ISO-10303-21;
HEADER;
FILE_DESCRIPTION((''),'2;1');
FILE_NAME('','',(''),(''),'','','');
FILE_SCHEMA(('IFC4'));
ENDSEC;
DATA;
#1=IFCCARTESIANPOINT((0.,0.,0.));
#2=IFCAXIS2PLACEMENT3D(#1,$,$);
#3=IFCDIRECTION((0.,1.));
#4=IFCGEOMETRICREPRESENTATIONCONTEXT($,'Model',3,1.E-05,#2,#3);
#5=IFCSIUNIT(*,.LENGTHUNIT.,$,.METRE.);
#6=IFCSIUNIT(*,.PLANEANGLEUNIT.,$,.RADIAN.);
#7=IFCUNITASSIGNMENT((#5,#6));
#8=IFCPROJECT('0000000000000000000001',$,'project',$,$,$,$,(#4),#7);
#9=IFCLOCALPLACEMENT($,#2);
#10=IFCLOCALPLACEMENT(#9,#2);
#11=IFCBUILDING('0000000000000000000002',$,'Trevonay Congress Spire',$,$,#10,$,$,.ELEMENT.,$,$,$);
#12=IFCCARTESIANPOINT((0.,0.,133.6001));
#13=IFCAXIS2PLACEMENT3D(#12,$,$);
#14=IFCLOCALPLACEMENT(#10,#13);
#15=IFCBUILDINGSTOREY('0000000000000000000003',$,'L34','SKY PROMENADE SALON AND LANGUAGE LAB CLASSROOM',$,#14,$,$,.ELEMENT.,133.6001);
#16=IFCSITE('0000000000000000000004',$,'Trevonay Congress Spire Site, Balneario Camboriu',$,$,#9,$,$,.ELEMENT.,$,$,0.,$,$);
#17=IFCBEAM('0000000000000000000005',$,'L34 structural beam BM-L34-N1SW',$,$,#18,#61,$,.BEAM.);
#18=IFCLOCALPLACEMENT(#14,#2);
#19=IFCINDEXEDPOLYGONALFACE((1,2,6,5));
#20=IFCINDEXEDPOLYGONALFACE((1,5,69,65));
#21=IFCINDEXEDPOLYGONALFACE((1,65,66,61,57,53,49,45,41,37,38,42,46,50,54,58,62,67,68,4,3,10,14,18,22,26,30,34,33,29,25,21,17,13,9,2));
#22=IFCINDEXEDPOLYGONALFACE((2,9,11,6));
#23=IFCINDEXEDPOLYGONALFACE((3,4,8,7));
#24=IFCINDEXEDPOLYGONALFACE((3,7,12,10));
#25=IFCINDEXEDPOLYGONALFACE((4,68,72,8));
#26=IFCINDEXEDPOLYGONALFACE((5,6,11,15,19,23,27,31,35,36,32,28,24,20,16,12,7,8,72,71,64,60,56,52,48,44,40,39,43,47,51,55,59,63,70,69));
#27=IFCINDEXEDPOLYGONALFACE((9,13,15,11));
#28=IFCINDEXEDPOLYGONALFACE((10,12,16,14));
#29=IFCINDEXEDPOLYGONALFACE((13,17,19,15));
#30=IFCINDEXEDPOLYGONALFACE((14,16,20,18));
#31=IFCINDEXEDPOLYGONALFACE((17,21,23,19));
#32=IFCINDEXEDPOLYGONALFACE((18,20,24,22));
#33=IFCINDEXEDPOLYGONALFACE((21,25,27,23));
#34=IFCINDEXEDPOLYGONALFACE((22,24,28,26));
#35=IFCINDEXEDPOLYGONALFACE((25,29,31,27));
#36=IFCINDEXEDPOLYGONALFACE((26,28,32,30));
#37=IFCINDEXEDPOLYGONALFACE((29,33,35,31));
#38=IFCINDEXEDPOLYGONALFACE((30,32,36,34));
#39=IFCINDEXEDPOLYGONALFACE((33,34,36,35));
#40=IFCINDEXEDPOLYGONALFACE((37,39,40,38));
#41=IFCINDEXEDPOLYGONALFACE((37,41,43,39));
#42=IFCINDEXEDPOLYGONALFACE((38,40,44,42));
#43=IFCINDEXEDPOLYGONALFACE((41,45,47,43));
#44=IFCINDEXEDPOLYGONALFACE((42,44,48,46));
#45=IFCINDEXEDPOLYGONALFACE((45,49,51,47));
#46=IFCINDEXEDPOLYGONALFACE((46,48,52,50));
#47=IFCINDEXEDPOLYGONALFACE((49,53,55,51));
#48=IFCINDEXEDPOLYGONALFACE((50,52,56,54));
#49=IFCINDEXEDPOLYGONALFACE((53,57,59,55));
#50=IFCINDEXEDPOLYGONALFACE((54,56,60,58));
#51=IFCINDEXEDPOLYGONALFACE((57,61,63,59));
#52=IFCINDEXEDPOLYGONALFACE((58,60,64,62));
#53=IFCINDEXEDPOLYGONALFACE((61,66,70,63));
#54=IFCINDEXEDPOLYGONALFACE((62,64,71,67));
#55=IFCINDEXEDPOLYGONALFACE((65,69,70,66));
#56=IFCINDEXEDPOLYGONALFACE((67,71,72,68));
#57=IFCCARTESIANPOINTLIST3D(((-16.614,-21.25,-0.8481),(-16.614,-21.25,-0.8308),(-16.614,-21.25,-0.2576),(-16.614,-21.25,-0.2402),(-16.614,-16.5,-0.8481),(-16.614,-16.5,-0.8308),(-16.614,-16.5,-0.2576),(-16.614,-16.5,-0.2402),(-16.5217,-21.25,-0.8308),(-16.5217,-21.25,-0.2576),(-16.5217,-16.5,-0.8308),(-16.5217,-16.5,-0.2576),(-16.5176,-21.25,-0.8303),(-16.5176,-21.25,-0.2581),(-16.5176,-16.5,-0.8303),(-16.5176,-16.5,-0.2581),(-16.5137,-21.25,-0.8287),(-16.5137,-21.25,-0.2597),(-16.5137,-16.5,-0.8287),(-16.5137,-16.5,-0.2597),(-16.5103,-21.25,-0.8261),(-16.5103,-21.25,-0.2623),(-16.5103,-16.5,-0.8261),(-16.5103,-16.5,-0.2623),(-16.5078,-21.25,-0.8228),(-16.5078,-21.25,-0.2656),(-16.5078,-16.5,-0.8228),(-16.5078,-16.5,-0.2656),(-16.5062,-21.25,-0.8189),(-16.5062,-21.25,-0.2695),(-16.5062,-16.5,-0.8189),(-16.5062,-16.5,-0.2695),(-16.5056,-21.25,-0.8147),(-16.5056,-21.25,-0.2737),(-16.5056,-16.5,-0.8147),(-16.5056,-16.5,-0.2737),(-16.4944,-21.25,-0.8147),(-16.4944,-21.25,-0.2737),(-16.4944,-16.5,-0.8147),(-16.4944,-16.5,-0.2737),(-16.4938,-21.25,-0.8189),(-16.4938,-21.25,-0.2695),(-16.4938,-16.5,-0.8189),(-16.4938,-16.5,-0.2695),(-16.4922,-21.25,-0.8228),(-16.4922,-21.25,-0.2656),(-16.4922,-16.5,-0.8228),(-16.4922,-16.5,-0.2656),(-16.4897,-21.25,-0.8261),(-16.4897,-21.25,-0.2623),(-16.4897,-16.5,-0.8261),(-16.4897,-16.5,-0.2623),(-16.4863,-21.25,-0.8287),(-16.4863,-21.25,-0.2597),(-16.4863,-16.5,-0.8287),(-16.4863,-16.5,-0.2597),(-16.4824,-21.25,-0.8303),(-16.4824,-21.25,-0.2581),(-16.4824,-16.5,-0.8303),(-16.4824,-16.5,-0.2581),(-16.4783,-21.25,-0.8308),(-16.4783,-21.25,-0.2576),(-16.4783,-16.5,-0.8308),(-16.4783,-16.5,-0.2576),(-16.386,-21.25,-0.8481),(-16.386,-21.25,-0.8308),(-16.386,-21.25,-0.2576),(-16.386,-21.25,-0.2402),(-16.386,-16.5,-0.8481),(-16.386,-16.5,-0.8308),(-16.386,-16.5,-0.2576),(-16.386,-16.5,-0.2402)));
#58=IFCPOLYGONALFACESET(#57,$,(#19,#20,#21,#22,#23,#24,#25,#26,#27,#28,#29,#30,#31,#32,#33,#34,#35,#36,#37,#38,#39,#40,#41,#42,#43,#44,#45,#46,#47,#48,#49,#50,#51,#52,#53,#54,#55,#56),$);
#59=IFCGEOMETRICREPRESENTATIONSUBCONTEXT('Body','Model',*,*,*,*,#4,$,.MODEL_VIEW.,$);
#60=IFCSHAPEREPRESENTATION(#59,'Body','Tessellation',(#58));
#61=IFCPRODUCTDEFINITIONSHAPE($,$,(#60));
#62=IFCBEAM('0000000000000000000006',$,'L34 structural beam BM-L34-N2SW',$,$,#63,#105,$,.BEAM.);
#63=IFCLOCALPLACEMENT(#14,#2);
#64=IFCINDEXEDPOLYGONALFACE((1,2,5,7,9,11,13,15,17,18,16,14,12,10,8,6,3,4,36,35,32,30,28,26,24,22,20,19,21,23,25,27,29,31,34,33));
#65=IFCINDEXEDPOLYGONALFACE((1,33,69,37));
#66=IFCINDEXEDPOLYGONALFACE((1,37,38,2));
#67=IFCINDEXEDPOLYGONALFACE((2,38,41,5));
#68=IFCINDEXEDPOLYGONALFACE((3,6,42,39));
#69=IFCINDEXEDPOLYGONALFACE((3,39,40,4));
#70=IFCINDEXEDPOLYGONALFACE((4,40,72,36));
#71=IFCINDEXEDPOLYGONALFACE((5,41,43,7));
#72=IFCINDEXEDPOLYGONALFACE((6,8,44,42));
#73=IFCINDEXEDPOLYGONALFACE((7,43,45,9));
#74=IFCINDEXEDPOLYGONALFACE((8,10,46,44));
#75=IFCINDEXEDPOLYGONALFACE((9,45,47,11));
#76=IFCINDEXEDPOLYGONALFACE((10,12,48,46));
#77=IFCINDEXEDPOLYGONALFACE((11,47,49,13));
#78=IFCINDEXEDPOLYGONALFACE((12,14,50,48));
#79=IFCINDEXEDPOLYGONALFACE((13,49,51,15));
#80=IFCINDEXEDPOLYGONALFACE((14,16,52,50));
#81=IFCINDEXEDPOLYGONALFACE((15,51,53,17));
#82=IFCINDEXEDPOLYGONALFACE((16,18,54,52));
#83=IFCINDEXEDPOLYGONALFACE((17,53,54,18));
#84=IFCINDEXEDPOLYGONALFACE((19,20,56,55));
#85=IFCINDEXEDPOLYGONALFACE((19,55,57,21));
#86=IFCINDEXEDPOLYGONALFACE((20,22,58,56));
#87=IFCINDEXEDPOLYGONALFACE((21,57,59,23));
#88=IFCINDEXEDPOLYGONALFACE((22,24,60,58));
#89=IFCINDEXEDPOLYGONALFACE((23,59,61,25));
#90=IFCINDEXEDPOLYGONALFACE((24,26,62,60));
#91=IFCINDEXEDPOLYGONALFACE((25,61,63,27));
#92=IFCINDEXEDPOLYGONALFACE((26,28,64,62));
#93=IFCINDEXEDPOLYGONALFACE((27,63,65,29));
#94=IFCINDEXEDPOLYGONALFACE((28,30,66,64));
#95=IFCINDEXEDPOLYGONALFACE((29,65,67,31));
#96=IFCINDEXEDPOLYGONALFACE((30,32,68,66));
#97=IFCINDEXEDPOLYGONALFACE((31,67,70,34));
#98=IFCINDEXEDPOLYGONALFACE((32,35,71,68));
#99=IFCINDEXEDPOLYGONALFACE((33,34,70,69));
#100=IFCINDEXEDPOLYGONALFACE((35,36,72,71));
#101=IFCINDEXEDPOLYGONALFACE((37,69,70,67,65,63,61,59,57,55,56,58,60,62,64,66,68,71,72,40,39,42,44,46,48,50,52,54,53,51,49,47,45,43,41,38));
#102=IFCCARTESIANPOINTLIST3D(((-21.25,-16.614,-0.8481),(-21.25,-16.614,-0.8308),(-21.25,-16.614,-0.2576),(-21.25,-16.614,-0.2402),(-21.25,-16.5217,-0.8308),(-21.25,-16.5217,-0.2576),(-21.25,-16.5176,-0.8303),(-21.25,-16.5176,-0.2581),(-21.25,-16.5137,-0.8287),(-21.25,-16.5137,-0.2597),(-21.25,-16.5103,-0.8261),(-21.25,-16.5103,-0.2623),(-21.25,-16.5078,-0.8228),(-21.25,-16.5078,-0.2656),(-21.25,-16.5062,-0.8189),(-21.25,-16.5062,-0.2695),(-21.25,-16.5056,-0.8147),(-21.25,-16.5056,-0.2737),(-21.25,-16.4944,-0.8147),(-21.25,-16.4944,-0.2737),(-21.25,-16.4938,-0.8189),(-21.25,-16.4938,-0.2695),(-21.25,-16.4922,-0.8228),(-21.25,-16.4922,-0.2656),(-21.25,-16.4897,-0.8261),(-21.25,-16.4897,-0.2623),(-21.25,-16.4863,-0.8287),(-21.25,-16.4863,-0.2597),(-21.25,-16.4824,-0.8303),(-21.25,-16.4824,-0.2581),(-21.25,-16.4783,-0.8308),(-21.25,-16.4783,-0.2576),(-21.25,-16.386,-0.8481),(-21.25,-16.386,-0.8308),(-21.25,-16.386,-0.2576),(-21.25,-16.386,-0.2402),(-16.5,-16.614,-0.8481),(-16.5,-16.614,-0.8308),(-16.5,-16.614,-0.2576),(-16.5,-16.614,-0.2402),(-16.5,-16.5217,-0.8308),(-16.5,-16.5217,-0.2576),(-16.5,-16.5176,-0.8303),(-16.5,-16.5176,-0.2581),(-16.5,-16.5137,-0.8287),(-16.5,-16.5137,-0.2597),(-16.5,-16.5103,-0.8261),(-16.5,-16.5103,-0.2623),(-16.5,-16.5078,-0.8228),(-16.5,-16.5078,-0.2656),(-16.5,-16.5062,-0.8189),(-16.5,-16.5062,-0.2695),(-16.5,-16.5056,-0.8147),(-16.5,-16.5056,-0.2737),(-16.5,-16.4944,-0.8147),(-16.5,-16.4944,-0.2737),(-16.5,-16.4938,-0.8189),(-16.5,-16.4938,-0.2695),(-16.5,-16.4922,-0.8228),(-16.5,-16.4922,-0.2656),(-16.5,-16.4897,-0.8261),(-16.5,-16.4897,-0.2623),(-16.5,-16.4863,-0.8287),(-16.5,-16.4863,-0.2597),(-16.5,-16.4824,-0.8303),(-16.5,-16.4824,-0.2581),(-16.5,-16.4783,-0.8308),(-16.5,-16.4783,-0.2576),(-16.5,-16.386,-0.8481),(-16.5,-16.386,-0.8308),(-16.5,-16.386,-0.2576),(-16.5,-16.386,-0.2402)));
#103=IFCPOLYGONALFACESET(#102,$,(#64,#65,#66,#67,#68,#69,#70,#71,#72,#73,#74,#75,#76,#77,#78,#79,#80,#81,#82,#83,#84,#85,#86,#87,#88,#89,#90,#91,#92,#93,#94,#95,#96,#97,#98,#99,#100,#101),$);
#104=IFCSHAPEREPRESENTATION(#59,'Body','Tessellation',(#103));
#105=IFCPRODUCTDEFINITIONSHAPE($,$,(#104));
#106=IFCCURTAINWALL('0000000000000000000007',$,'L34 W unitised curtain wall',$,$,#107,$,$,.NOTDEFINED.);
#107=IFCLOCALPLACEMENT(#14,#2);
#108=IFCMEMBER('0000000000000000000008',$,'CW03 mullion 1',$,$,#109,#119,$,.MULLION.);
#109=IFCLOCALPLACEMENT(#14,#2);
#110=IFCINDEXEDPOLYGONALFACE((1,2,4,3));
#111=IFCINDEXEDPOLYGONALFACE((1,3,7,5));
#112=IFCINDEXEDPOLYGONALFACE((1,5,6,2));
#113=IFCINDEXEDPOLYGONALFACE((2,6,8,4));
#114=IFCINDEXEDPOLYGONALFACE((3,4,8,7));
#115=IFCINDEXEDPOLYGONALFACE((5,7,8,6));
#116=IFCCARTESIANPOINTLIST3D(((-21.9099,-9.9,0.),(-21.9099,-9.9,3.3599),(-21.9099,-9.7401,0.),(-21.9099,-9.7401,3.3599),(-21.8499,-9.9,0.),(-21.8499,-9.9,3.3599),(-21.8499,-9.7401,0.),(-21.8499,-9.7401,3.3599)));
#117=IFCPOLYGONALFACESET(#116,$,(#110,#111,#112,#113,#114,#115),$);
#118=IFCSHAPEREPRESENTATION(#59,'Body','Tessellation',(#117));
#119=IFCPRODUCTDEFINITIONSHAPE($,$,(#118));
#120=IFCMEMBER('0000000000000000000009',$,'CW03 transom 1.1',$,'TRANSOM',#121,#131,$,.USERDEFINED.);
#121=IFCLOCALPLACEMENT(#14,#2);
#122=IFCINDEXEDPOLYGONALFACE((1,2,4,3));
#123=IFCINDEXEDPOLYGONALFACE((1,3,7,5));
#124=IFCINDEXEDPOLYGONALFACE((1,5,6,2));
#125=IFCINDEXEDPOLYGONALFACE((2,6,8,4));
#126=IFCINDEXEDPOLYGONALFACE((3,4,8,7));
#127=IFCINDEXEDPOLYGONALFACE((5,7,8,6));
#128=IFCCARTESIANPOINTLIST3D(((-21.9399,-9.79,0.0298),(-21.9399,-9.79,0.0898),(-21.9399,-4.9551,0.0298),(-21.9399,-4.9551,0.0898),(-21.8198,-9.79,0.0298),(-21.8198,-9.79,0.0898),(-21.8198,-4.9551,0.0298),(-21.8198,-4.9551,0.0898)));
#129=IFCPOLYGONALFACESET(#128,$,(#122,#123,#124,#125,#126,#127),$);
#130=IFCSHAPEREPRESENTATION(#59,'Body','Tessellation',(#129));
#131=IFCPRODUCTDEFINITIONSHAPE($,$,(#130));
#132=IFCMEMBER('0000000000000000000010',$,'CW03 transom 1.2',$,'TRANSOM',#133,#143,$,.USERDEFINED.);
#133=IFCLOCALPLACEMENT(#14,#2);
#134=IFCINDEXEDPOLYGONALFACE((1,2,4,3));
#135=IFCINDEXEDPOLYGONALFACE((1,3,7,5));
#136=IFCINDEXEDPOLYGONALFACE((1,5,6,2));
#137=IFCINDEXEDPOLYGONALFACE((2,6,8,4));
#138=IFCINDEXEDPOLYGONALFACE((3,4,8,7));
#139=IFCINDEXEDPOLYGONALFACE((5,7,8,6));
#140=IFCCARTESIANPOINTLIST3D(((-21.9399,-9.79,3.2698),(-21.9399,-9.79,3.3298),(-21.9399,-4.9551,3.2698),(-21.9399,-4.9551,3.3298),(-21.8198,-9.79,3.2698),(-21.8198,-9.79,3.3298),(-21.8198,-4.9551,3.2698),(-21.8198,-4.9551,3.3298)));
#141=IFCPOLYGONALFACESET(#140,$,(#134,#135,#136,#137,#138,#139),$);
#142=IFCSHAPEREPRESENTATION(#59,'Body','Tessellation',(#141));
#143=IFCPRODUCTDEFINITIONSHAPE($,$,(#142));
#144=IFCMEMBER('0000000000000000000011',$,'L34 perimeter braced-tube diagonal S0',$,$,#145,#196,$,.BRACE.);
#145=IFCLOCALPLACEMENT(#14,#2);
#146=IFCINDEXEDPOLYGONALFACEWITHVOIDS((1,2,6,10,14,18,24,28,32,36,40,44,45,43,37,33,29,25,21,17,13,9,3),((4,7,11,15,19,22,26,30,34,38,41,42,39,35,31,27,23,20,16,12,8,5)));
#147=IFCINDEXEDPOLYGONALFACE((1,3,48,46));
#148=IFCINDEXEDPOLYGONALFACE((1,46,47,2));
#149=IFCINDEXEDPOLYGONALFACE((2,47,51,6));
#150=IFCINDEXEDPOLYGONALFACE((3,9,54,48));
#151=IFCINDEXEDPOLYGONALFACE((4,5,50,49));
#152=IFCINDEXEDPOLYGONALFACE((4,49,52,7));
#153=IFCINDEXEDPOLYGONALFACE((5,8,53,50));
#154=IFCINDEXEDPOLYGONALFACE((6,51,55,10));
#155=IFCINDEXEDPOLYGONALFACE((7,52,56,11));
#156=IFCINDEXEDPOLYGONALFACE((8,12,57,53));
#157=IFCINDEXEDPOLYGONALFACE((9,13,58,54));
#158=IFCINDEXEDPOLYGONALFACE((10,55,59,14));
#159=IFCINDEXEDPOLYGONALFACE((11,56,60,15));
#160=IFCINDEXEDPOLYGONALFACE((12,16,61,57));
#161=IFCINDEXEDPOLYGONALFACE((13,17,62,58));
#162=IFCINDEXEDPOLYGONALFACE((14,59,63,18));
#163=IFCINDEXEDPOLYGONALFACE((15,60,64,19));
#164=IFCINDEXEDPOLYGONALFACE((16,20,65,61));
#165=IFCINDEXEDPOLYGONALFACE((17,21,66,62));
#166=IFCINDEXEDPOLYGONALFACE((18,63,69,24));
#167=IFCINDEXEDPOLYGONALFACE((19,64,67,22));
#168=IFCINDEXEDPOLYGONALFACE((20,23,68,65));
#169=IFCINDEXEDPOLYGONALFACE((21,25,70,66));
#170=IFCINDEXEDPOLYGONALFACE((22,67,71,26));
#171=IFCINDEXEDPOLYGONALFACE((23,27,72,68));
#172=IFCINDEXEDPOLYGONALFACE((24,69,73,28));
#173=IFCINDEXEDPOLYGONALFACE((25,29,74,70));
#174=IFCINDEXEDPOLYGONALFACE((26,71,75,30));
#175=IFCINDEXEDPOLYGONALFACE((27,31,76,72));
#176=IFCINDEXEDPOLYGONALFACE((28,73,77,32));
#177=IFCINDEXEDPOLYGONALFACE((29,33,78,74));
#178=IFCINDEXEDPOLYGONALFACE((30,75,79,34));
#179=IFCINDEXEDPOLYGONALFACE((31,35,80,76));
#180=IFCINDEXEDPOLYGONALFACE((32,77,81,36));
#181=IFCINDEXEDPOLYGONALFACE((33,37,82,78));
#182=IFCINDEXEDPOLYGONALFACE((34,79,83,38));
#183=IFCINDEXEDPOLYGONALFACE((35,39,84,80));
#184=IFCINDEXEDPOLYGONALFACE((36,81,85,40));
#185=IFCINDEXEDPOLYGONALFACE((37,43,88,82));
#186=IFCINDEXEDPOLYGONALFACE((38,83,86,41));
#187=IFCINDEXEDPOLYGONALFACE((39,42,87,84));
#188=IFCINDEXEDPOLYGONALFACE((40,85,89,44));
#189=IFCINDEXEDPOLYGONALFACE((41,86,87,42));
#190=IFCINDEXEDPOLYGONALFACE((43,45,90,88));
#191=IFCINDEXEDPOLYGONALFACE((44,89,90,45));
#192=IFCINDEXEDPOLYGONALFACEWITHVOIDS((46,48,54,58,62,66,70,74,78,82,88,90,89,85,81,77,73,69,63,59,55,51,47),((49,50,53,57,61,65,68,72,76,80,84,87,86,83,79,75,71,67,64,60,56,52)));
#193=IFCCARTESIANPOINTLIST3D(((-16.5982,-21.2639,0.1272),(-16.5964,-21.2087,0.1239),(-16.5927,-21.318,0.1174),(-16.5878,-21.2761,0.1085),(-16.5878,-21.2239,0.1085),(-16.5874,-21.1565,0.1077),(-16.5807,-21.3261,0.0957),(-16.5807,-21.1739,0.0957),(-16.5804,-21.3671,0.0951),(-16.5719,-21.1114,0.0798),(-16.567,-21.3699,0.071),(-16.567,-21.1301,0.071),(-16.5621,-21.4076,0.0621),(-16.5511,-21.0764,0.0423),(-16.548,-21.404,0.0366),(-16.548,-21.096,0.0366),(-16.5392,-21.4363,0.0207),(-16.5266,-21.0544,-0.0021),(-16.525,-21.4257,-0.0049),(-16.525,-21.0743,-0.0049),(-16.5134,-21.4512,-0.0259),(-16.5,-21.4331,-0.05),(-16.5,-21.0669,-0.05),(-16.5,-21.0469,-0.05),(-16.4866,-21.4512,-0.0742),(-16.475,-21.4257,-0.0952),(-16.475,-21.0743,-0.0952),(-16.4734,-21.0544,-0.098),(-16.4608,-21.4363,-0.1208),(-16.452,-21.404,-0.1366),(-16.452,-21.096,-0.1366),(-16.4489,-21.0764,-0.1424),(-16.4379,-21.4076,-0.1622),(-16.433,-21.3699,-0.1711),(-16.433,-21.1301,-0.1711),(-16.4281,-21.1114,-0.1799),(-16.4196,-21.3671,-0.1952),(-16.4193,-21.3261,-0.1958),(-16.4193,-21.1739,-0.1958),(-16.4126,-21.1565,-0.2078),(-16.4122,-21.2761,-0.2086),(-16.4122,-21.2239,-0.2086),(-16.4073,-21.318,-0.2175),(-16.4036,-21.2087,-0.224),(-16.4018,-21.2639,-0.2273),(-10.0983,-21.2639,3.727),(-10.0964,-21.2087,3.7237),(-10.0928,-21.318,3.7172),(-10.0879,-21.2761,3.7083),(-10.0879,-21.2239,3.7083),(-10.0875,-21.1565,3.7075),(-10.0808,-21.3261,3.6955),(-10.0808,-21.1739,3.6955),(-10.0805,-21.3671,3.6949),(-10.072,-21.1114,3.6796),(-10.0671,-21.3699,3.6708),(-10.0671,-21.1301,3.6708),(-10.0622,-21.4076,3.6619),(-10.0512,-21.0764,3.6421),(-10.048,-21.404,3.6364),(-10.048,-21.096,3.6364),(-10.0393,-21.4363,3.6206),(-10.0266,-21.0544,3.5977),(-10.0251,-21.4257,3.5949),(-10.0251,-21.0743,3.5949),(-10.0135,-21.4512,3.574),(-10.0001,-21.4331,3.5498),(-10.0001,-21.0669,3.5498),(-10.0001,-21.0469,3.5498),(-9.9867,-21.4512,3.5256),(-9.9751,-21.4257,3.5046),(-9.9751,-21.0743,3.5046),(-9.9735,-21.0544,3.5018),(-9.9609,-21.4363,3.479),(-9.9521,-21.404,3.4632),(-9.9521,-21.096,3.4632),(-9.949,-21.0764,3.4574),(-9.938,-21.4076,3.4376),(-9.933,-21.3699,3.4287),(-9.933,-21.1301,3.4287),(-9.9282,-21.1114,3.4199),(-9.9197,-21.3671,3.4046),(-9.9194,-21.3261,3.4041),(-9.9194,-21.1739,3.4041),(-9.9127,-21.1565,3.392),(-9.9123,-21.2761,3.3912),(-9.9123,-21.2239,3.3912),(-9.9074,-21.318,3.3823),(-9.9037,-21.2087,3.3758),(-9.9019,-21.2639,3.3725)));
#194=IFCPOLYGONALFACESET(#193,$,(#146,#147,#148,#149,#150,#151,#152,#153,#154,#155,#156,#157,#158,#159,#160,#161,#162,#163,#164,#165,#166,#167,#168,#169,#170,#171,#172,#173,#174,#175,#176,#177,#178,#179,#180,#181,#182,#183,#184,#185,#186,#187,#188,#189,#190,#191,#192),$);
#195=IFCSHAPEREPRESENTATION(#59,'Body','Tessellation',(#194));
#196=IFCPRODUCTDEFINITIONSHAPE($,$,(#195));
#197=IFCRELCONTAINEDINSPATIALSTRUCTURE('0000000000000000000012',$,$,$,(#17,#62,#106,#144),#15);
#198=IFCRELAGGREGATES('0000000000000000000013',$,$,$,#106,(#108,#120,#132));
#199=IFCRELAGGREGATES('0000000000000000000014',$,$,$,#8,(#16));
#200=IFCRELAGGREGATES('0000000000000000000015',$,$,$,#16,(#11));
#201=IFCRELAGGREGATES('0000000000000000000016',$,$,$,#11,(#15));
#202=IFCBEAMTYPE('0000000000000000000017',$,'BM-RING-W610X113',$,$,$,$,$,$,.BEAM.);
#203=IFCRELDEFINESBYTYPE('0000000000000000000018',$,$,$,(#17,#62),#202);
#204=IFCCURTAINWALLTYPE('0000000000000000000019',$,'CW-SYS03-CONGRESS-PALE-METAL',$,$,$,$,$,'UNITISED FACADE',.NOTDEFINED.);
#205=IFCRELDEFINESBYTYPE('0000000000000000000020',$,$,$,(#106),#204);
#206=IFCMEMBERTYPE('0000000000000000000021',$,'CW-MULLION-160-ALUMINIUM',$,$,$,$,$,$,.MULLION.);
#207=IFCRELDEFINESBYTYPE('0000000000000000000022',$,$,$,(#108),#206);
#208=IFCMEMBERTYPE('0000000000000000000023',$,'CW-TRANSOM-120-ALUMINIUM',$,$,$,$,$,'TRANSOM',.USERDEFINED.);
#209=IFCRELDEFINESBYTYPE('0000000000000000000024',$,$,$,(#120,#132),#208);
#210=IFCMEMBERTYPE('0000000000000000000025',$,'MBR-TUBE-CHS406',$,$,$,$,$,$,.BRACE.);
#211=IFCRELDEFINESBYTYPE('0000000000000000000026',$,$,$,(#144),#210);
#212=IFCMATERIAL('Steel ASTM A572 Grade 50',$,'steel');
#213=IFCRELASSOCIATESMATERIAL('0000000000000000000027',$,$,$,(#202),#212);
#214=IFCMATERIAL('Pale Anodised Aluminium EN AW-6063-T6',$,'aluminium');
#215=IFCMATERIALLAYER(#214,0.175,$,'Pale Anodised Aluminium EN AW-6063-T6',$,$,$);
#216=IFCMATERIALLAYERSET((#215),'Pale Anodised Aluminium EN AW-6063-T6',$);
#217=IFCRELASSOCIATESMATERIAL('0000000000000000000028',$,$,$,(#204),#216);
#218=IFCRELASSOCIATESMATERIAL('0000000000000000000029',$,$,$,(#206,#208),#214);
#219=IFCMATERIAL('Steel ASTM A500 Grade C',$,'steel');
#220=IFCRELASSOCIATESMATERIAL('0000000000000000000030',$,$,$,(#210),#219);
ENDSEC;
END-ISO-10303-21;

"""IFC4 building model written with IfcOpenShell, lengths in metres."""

from ifc_helpers import new_model, si_unit, direction, frame, origin, origin_2d, place, context, subcontext, project, spatial, rectangle, hollow_circle, i_section, extrude, material, layer, layer_set, material_profile, profile_set, type_object, element, aggregate, save


model = new_model("IFC4")

# Units and contexts
model_context = context("Model", 3, precision=1e-05, world=origin(), true_north=direction((0.0, 1.0)))
body_context = subcontext(model_context, "Body", "Model", "MODEL_VIEW")
ifc_project = project(units=[si_unit("LENGTHUNIT", "METRE"), si_unit("PLANEANGLEUNIT", "RADIAN")], contexts=[model_context])

# Site, building, storey
site_placement = place(None, origin())
site = spatial("IfcSite", under=ifc_project, at=site_placement, Name="Trevonay Congress Spire Site, Balneario Camboriu", CompositionType="ELEMENT", RefElevation=0.0)
building_placement = place(site_placement, origin())
building = spatial("IfcBuilding", under=site, at=building_placement, Name="Trevonay Congress Spire", CompositionType="ELEMENT")
storey_placement = place(building_placement, frame((0.0, 0.0, 133.6001)))
storey = spatial("IfcBuildingStorey", under=building, at=storey_placement, Name="L34", Description="SKY PROMENADE SALON AND LANGUAGE LAB CLASSROOM", CompositionType="ELEMENT", Elevation=133.6001)

# Shared definitions
ifc_material_1 = material(Name="Steel ASTM A572 Grade 50", Category="steel")

# Beams
ifc_material_profile_1 = material_profile(ifc_material_1, i_section(OverallWidth=0.228, OverallDepth=0.6079, WebThickness=0.0112, FlangeThickness=0.0173, FilletRadius=0.0161, at=origin_2d()), Name="W610x113")
ifc_profile_set_1 = profile_set([ifc_material_profile_1], Name="Steel ASTM A572 Grade 50")
beam_type = type_object("IfcBeamType", Name="BM-RING-W610X113", PredefinedType="BEAM", material=ifc_profile_set_1)
for number, where, z_axis, x_axis, name in (
    (1, (-16.5, -21.25, -0.5442), (0.0, 1.0, 0.0), (-1.0, 0.0, 0.0), "L34 structural beam BM-L34-N1SW"),
    (2, (-21.25, -16.5, -0.5442), (1.0, 0.0, 0.0), (0.0, 1.0, 0.0), "L34 structural beam BM-L34-N2SW"),
):
    element("IfcBeam", number, at=place(storey_placement, frame(where, z_axis=z_axis, x_axis=x_axis)), inside=storey, type_object=beam_type, Name=name, PredefinedType="BEAM", context=body_context, shape_type="SweptSolid", body=[
        extrude(i_section(OverallWidth=0.228, OverallDepth=0.6079, WebThickness=0.0112, FlangeThickness=0.0173, FilletRadius=0.0161, at=origin_2d()), origin(), (0.0, 0.0, 1.0), 4.75),
    ])

# Curtain wall, members
ifc_material_2 = material(Name="Pale Anodised Aluminium EN AW-6063-T6", Category="aluminium")
ifc_layer_1 = layer(ifc_material_2, 0.175, Name="Pale Anodised Aluminium EN AW-6063-T6")
ifc_layer_set_1 = layer_set([ifc_layer_1], Name="Pale Anodised Aluminium EN AW-6063-T6")
curtain_wall_type = type_object("IfcCurtainWallType", Name="CW-SYS03-CONGRESS-PALE-METAL", ElementType="UNITISED FACADE", PredefinedType="NOTDEFINED", material=ifc_layer_set_1)
curtain_wall_placement = place(storey_placement, origin())
curtain_wall = element("IfcCurtainWall", 3, at=curtain_wall_placement, inside=storey, type_object=curtain_wall_type, Name="L34 W unitised curtain wall", PredefinedType="NOTDEFINED")
ifc_material_profile_2 = material_profile(ifc_material_2, rectangle(XDim=0.0601, YDim=0.1599, at=origin_2d()), Name="CW-MULLION-160-ALUMINIUM")
ifc_profile_set_2 = profile_set([ifc_material_profile_2], Name="Pale Anodised Aluminium EN AW-6063-T6")
member_type_1 = type_object("IfcMemberType", Name="CW-MULLION-160-ALUMINIUM", PredefinedType="MULLION", material=ifc_profile_set_2)
member_1_placement = place(storey_placement, frame((-21.8799, -9.8201, 0.0), z_axis=(0.0, 0.0, 1.0), x_axis=(-1.0, 0.0, 0.0)))
member_1 = element("IfcMember", 4, at=member_1_placement, type_object=member_type_1, Name="CW03 mullion 1", PredefinedType="MULLION", context=body_context, shape_type="SweptSolid", body=[
    extrude(rectangle(XDim=0.0601, YDim=0.1599, at=origin_2d()), origin(), (0.0, 0.0, 1.0), 3.3599),
])
ifc_material_profile_3 = material_profile(ifc_material_2, rectangle(XDim=0.1201, YDim=0.0601, at=origin_2d()), Name="CW-TRANSOM-120-ALUMINIUM")
ifc_profile_set_3 = profile_set([ifc_material_profile_3], Name="Pale Anodised Aluminium EN AW-6063-T6")
member_type_2 = type_object("IfcMemberType", Name="CW-TRANSOM-120-ALUMINIUM", ElementType="TRANSOM", PredefinedType="USERDEFINED", material=ifc_profile_set_3)
member_2_placement = place(storey_placement, frame((-21.8799, -9.79, 0.0598), z_axis=(0.0, 1.0, 0.0), x_axis=(-1.0, 0.0, 0.0)))
member_2 = element("IfcMember", 5, at=member_2_placement, type_object=member_type_2, Name="CW03 transom 1.1", ObjectType="TRANSOM", PredefinedType="USERDEFINED", context=body_context, shape_type="SweptSolid", body=[
    extrude(rectangle(XDim=0.1201, YDim=0.0601, at=origin_2d()), origin(), (0.0, 0.0, 1.0), 4.835),
])
member_3_placement = place(storey_placement, frame((-21.8799, -9.79, 3.2998), z_axis=(0.0, 1.0, 0.0), x_axis=(-1.0, 0.0, 0.0)))
member_3 = element("IfcMember", 6, at=member_3_placement, type_object=member_type_2, Name="CW03 transom 1.2", ObjectType="TRANSOM", PredefinedType="USERDEFINED", context=body_context, shape_type="SweptSolid", body=[
    extrude(rectangle(XDim=0.1201, YDim=0.0601, at=origin_2d()), origin(), (0.0, 0.0, 1.0), 4.835),
])
aggregate(curtain_wall, [member_1, member_2, member_3])

# Member
ifc_material_3 = material(Name="Steel ASTM A500 Grade C", Category="steel")
ifc_material_profile_4 = material_profile(ifc_material_3, hollow_circle(Radius=0.2031, WallThickness=0.02, at=origin_2d()), Name="CHS 406.4x20")
ifc_profile_set_4 = profile_set([ifc_material_profile_4], Name="Steel ASTM A500 Grade C")
member_type_3 = type_object("IfcMemberType", Name="MBR-TUBE-CHS406", PredefinedType="BRACE", material=ifc_profile_set_4)
for number, where, z_axis, x_axis, name in (
    (7, (-16.5, -21.25, -0.05), (0.8748, 0.0, 0.484485), (0.0, 1.0, 0.0), "L34 perimeter braced-tube diagonal S0"),
):
    element("IfcMember", number, at=place(storey_placement, frame(where, z_axis=z_axis, x_axis=x_axis)), inside=storey, type_object=member_type_3, Name=name, PredefinedType="BRACE", context=body_context, shape_type="SweptSolid", body=[
        extrude(hollow_circle(Radius=0.2031, WallThickness=0.02, at=origin_2d()), origin(), (0.0, 0.0, 1.0), 7.4302),
    ])

save(model, "model.ifc")
